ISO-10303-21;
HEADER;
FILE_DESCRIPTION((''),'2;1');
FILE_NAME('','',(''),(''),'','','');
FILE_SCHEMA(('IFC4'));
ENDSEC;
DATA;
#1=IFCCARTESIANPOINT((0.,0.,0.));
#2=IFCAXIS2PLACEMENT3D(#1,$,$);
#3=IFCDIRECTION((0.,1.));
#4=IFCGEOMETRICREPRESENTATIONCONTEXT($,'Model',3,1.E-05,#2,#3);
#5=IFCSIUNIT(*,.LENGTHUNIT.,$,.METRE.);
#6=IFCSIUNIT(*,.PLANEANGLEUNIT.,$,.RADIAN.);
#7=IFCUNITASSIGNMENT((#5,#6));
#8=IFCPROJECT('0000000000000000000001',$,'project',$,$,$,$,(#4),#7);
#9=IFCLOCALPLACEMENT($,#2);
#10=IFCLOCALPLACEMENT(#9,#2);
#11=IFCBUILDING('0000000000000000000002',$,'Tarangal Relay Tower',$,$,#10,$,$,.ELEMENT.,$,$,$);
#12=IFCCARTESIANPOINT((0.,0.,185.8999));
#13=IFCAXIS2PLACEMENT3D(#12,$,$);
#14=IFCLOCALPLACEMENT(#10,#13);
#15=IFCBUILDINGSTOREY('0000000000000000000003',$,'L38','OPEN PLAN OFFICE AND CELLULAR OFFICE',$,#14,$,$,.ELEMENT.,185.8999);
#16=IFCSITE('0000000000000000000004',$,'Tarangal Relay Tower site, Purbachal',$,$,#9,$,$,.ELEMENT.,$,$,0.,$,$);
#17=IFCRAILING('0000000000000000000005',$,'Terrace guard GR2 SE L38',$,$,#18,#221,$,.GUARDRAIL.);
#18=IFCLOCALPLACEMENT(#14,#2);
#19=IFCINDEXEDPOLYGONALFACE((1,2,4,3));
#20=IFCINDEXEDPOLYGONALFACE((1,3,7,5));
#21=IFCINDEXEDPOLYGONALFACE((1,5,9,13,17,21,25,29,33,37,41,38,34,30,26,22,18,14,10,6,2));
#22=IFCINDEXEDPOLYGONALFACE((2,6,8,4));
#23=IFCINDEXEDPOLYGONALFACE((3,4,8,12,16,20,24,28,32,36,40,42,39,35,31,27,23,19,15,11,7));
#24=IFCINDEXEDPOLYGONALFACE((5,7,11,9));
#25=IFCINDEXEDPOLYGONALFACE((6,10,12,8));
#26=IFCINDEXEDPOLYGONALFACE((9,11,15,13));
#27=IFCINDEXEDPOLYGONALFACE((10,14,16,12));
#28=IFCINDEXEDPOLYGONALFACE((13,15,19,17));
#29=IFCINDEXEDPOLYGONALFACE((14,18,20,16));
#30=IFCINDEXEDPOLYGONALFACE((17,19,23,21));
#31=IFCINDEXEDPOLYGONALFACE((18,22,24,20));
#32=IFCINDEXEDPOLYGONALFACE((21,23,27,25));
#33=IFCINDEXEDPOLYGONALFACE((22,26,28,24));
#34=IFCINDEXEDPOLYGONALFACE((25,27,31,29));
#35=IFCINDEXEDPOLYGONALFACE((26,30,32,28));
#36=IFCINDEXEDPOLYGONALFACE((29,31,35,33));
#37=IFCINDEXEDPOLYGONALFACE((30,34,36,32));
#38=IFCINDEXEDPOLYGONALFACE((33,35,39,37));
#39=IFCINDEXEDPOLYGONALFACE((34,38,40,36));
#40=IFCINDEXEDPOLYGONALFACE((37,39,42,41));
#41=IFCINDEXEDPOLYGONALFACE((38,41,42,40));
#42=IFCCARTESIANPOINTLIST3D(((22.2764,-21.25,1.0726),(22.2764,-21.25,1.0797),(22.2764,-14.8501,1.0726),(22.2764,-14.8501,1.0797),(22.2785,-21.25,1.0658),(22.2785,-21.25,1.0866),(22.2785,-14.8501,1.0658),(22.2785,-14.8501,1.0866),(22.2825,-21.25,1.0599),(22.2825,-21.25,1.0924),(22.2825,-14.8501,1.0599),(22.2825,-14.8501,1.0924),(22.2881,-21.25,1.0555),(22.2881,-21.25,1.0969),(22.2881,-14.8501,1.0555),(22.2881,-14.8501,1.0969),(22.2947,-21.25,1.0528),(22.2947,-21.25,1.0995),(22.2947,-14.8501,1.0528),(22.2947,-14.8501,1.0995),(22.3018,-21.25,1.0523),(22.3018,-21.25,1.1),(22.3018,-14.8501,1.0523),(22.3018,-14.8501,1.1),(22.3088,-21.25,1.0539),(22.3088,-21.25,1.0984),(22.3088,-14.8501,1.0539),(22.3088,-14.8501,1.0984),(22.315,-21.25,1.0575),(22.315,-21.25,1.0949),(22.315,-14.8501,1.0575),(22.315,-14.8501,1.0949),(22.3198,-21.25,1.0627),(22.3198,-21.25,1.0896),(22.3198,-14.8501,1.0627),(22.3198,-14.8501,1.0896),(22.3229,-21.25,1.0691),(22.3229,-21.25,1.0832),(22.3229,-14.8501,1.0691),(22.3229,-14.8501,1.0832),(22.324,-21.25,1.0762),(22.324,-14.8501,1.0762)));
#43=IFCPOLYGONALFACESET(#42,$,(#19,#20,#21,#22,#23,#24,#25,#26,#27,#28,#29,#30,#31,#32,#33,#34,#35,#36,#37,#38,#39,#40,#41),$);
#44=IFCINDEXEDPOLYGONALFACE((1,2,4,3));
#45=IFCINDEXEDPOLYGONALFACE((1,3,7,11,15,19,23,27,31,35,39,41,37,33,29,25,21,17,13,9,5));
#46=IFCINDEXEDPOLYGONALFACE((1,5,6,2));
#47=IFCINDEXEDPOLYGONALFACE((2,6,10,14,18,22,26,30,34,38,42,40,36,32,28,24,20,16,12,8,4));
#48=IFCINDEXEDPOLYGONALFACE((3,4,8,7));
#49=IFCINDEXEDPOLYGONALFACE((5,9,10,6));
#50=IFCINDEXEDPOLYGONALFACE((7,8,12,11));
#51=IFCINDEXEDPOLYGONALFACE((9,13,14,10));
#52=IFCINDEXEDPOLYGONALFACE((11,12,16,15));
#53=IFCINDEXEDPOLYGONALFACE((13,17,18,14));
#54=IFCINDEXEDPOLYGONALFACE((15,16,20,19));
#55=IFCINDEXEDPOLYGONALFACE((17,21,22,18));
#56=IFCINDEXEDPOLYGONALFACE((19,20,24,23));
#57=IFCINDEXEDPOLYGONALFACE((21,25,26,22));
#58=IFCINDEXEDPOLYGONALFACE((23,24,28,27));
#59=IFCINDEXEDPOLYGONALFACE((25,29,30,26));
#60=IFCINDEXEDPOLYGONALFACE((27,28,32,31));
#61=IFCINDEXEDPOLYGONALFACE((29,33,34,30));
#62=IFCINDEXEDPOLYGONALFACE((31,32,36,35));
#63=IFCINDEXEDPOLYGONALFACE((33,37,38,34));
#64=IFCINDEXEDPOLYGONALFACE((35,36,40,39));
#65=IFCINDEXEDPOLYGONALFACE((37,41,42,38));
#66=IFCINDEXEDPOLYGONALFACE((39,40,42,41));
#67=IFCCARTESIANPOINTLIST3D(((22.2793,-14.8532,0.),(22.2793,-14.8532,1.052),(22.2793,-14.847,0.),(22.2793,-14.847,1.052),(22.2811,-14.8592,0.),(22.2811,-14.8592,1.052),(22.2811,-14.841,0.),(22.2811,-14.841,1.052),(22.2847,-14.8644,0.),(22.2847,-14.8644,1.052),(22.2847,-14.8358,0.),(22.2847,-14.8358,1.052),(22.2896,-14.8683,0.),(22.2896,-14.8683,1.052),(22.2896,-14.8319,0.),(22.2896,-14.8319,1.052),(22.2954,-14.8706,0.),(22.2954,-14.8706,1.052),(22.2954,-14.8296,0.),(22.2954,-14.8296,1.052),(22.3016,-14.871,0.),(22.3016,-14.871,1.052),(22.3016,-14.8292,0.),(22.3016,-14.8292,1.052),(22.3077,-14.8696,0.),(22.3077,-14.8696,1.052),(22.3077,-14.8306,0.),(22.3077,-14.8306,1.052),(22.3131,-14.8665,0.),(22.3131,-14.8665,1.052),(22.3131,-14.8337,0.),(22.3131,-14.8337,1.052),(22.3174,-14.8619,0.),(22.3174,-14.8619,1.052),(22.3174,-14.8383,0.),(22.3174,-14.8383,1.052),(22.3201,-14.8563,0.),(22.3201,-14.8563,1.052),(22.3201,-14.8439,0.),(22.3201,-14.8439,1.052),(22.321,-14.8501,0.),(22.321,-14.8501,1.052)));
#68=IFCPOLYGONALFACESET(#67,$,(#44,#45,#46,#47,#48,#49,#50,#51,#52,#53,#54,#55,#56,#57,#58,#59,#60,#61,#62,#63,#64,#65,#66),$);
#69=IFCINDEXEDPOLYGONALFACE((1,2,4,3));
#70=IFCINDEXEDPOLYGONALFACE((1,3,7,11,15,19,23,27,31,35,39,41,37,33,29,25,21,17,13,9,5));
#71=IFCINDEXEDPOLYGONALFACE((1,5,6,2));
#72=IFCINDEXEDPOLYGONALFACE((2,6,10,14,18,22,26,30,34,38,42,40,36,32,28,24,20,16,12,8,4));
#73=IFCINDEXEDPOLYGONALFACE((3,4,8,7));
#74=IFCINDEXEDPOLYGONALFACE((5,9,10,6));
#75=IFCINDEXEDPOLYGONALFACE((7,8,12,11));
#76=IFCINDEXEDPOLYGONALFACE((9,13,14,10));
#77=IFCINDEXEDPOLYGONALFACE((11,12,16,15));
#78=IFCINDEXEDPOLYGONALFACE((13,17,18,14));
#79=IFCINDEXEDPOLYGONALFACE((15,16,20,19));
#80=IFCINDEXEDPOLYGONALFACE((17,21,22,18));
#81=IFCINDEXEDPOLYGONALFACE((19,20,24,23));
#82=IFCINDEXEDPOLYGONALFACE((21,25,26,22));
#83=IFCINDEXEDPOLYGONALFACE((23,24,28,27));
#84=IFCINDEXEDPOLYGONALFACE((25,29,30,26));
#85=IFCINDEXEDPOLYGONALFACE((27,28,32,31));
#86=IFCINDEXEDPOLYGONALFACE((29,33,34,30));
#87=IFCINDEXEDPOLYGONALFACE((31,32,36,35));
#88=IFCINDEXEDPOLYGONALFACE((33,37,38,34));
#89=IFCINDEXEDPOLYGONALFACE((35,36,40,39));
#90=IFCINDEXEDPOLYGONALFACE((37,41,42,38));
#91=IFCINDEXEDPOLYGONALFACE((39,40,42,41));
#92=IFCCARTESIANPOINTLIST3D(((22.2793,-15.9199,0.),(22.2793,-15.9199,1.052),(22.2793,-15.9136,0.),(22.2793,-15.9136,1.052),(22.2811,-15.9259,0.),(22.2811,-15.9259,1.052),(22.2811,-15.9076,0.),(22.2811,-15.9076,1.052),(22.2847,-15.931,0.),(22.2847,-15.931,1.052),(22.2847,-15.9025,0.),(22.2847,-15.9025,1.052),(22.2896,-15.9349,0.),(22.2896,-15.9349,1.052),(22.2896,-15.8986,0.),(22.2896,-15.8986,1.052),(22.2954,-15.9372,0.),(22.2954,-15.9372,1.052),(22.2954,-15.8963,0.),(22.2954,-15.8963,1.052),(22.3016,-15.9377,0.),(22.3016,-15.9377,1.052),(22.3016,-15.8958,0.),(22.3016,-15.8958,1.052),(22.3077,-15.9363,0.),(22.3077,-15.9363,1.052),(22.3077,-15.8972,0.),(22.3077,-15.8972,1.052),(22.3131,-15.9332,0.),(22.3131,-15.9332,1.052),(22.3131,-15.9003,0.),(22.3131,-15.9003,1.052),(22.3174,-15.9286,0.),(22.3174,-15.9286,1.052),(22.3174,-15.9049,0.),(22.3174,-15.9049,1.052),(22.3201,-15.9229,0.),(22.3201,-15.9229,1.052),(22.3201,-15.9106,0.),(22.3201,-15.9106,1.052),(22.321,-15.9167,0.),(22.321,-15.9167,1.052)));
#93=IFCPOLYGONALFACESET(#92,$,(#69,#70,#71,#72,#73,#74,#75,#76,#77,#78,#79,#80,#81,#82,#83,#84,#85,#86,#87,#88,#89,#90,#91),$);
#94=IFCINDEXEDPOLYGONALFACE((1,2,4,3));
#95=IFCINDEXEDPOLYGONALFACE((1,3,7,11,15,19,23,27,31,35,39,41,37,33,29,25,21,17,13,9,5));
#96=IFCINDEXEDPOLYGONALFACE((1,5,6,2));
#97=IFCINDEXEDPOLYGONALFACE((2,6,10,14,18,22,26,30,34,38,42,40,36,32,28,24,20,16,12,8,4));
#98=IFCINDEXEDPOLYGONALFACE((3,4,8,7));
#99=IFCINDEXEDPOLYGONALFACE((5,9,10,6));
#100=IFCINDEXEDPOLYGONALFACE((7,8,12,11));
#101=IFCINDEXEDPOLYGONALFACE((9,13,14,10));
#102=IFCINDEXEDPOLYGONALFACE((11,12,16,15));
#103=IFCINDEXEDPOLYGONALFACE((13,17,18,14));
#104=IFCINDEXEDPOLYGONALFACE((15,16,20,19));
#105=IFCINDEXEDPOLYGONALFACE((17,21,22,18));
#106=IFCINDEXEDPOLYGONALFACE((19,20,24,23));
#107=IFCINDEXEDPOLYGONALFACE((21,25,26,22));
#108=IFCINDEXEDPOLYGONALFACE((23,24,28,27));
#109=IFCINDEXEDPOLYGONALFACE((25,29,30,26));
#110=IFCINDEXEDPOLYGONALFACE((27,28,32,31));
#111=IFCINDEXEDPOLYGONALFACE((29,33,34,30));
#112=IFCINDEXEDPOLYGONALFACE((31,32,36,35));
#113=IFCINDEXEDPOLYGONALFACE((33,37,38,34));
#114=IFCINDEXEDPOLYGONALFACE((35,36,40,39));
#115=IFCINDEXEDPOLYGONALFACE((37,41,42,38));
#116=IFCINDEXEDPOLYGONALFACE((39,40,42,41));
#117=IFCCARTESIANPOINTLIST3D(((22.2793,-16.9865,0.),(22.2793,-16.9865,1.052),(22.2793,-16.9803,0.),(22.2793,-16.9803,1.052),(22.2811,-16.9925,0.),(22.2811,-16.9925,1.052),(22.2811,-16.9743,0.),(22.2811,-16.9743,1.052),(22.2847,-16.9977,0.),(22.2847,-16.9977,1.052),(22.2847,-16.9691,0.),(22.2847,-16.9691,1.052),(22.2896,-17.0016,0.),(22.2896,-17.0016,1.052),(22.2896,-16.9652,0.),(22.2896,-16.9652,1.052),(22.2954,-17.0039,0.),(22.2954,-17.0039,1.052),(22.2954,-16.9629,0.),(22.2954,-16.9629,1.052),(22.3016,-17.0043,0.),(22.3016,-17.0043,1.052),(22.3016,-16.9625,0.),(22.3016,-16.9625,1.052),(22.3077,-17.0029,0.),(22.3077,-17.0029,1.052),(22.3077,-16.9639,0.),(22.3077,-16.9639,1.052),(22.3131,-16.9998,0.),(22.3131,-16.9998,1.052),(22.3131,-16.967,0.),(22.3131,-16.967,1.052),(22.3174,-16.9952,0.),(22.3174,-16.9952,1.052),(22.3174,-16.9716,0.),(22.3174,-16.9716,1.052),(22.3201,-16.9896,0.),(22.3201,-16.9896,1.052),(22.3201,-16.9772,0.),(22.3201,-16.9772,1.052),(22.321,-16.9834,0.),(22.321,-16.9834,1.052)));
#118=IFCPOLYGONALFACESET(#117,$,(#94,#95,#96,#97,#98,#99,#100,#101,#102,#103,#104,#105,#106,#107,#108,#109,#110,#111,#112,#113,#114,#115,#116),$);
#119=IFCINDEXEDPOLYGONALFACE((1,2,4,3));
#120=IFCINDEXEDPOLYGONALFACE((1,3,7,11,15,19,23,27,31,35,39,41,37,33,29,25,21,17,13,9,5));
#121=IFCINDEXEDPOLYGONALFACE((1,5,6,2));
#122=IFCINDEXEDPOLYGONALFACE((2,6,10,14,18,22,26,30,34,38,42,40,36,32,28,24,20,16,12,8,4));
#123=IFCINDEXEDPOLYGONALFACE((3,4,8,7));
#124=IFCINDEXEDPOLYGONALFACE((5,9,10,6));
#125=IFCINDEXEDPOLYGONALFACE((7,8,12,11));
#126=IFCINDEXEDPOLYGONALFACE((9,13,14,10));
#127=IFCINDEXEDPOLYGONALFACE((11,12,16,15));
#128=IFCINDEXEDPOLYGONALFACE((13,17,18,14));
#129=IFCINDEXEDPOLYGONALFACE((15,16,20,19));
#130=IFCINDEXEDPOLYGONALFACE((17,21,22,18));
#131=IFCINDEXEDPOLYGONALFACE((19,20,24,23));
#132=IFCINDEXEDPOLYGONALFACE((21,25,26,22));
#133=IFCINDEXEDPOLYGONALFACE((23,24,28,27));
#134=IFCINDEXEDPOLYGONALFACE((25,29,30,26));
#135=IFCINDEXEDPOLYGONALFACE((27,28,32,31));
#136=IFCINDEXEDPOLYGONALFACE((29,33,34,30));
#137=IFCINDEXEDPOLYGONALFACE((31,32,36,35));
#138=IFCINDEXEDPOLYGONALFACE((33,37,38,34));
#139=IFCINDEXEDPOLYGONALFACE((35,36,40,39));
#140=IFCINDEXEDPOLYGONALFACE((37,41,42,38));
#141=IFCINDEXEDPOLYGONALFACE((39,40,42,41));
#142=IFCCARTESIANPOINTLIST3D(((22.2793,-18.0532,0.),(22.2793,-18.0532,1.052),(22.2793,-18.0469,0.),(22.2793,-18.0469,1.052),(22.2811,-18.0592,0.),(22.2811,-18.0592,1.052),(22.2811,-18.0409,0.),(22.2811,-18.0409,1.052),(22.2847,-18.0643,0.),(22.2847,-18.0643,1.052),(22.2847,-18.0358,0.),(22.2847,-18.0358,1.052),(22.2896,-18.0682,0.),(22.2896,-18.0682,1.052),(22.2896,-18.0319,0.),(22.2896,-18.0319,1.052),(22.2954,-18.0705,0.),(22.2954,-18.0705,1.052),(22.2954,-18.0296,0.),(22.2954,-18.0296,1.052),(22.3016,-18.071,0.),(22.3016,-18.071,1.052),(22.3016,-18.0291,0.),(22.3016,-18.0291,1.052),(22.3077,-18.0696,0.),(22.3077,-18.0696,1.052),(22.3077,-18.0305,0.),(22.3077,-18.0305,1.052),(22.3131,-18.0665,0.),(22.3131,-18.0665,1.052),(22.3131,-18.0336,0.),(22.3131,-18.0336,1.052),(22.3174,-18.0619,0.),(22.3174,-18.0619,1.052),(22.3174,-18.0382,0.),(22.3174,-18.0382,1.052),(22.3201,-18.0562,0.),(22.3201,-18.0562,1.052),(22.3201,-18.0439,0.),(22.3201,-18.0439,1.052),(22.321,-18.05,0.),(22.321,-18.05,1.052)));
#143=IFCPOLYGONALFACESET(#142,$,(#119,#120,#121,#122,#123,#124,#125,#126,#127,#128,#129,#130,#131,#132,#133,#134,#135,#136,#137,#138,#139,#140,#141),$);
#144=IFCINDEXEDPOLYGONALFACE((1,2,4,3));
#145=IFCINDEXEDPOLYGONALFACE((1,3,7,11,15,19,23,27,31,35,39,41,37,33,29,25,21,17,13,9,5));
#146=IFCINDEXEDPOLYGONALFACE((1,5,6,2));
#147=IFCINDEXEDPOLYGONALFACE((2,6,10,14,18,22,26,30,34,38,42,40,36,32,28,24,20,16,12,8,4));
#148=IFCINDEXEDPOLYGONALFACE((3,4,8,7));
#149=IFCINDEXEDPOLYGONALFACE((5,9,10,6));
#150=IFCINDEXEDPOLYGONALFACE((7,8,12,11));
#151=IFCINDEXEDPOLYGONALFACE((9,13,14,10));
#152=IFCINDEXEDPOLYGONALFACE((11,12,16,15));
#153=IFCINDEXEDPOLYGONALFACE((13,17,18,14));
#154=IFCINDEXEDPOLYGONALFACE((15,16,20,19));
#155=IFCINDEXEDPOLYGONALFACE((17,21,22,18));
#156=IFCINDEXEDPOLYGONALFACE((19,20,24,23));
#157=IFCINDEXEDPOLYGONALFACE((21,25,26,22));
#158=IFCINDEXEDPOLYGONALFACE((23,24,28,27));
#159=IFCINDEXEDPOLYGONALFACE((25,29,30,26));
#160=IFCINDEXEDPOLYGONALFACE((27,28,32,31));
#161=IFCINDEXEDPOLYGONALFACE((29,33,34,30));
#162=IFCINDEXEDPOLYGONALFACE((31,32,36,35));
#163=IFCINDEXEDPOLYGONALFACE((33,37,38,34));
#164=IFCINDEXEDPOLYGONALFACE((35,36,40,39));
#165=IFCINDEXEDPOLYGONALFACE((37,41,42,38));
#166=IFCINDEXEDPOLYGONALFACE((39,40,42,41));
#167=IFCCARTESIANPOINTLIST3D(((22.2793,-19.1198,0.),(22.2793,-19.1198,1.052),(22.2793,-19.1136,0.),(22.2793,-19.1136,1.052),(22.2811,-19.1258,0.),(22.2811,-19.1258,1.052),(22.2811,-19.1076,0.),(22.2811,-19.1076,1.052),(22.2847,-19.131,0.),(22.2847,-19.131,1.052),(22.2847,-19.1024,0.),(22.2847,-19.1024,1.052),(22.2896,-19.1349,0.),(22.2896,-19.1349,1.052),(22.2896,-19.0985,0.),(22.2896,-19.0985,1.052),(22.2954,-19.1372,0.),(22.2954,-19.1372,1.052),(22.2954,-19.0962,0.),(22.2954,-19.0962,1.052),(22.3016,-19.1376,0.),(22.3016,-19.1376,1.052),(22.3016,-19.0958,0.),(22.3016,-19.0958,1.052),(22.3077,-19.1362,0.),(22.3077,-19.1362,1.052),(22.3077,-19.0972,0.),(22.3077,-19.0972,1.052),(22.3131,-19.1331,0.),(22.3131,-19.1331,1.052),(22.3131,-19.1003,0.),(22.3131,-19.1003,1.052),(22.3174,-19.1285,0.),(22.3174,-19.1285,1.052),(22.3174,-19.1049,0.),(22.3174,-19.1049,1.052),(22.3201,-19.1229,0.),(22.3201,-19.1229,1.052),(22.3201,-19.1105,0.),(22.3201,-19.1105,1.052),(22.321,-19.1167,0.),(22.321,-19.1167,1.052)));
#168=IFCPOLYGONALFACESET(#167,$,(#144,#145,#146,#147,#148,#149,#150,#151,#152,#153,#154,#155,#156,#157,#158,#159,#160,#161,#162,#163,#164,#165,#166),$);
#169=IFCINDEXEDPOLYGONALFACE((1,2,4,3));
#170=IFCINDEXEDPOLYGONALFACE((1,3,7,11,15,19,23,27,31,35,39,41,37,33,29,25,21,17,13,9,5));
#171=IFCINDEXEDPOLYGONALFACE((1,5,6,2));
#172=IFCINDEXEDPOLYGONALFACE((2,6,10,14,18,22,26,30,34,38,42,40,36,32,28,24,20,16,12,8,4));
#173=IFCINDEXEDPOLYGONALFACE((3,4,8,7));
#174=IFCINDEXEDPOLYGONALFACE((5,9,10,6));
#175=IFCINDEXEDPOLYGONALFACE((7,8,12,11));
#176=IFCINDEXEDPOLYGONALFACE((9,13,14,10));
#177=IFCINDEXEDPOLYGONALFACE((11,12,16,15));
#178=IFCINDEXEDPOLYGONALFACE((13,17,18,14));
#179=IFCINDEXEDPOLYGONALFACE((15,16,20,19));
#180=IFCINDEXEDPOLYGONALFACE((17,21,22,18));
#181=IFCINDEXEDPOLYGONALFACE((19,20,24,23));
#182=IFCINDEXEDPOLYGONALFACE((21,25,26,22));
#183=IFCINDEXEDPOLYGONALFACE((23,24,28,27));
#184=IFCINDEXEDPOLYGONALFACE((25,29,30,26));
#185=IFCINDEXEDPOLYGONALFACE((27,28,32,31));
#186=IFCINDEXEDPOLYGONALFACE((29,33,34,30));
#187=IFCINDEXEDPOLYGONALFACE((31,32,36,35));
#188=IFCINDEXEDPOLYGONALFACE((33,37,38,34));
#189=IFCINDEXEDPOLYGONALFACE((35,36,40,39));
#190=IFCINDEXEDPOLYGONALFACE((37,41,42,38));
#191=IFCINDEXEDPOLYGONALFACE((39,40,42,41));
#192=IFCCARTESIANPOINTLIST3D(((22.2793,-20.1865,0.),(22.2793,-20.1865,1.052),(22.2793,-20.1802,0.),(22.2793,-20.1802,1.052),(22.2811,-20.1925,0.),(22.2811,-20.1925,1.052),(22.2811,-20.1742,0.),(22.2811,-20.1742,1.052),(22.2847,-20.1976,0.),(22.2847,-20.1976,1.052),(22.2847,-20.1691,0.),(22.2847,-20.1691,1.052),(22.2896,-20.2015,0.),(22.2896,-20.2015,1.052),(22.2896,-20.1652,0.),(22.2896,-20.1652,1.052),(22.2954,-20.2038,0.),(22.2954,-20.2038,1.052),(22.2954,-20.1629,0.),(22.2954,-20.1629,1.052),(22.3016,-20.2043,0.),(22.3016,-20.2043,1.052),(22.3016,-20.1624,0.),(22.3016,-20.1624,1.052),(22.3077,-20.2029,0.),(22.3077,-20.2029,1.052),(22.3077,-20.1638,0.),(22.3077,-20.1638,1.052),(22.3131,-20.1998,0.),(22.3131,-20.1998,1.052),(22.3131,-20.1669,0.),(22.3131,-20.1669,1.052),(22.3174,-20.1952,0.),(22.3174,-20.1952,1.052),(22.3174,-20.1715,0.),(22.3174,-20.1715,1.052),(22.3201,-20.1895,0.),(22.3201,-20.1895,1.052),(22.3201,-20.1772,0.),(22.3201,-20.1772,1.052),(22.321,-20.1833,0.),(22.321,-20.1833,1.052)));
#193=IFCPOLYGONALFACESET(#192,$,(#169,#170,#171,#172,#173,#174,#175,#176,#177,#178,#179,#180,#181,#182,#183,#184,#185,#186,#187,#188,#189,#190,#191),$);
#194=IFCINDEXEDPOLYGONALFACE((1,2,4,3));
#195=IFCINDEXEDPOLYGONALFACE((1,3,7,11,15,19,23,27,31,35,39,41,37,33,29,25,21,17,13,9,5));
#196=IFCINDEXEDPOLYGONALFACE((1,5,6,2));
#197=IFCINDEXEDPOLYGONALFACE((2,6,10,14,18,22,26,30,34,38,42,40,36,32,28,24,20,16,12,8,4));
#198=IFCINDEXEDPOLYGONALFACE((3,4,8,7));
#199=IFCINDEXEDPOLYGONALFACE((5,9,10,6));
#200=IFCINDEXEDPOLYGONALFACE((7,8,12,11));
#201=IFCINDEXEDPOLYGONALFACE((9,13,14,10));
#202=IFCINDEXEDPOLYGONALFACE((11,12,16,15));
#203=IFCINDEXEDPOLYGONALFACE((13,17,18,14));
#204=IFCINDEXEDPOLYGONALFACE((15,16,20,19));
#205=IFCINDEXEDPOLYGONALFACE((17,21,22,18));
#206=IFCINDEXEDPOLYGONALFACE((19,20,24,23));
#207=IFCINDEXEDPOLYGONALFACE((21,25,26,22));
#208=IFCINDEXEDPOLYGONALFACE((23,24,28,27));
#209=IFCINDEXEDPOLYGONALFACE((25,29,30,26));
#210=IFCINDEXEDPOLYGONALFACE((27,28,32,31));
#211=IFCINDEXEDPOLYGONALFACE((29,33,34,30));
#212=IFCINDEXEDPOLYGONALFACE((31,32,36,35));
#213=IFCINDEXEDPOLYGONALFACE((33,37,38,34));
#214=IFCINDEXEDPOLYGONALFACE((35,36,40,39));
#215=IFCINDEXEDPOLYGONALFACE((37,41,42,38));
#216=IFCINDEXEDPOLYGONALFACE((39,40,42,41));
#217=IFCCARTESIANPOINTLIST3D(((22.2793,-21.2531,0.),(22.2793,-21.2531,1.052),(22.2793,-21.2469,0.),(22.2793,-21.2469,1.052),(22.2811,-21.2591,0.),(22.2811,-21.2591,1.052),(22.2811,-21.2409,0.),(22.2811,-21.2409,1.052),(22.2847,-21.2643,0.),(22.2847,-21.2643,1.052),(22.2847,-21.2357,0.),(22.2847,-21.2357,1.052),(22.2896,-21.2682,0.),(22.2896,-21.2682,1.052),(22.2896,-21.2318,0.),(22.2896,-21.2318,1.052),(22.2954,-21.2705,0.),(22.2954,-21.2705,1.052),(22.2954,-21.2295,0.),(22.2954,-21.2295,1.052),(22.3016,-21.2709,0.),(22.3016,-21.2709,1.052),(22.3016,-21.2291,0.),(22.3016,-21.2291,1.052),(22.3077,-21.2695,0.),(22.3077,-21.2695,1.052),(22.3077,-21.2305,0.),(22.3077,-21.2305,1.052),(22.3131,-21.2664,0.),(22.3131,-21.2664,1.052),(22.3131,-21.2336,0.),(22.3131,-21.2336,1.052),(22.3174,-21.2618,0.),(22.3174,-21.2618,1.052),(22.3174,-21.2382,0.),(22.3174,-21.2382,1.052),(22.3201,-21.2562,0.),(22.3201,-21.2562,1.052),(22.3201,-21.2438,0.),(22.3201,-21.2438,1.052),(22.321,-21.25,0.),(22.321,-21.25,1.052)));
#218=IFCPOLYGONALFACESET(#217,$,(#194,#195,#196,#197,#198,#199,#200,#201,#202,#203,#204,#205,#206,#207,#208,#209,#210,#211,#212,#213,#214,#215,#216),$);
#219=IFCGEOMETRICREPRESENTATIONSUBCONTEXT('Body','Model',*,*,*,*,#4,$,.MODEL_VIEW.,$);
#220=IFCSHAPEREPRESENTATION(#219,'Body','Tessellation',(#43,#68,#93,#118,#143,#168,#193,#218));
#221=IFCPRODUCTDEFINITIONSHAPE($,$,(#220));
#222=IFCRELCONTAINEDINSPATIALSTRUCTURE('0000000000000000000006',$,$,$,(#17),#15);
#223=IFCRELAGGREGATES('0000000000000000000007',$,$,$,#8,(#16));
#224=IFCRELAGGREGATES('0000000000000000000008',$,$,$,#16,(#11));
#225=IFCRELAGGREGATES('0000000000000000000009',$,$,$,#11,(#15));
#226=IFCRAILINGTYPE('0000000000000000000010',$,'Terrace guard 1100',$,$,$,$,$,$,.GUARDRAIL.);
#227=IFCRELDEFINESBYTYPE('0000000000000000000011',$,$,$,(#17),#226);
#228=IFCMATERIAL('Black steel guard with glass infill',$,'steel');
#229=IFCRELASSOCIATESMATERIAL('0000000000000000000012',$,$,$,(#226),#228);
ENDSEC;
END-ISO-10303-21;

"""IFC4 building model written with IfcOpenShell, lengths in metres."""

from ifc_helpers import new_model, si_unit, direction, frame, origin, origin_2d, place, context, subcontext, project, spatial, circle, extrude, material, type_object, element, save


model = new_model("IFC4")

# Units and contexts
model_context = context("Model", 3, precision=1e-05, world=origin(), true_north=direction((0.0, 1.0)))
body_context = subcontext(model_context, "Body", "Model", "MODEL_VIEW")
ifc_project = project(units=[si_unit("LENGTHUNIT", "METRE"), si_unit("PLANEANGLEUNIT", "RADIAN")], contexts=[model_context])

# Site, building, storey
site_placement = place(None, origin())
site = spatial("IfcSite", under=ifc_project, at=site_placement, Name="Tarangal Relay Tower site, Purbachal", CompositionType="ELEMENT", RefElevation=0.0)
building_placement = place(site_placement, origin())
building = spatial("IfcBuilding", under=site, at=building_placement, Name="Tarangal Relay Tower", CompositionType="ELEMENT")
storey_placement = place(building_placement, frame((0.0, 0.0, 185.8999)))
storey = spatial("IfcBuildingStorey", under=building, at=storey_placement, Name="L38", Description="OPEN PLAN OFFICE AND CELLULAR OFFICE", CompositionType="ELEMENT", Elevation=185.8999)

# Railing
ifc_material_1 = material(Name="Black steel guard with glass infill", Category="steel")
railing_type = type_object("IfcRailingType", Name="Terrace guard 1100", PredefinedType="GUARDRAIL", material=ifc_material_1)
railing_1_placement = place(storey_placement, frame((22.3, -14.8501, 0.0)))
element("IfcRailing", 1, at=railing_1_placement, inside=storey, type_object=railing_type, Name="Terrace guard GR2 SE L38", PredefinedType="GUARDRAIL", context=body_context, shape_type="SweptSolid", body=[
    extrude(circle(Radius=0.0239, at=origin_2d()), frame((0.0, 0.0, 1.0762), z_axis=(0.0, -1.0, 0.0), x_axis=(1.0, 0.0, 0.0)), (0.0, 0.0, 1.0), 6.3999),
    extrude(circle(Radius=0.021, at=origin_2d()), origin(), (0.0, 0.0, 1.0), 1.052),
    extrude(circle(Radius=0.021, at=origin_2d()), frame((0.0, -1.0667, 0.0)), (0.0, 0.0, 1.0), 1.052),
    extrude(circle(Radius=0.021, at=origin_2d()), frame((0.0, -2.1333, 0.0)), (0.0, 0.0, 1.0), 1.052),
    extrude(circle(Radius=0.021, at=origin_2d()), frame((0.0, -3.2, 0.0)), (0.0, 0.0, 1.0), 1.052),
    extrude(circle(Radius=0.021, at=origin_2d()), frame((0.0, -4.2666, 0.0)), (0.0, 0.0, 1.0), 1.052),
    extrude(circle(Radius=0.021, at=origin_2d()), frame((0.0, -5.3333, 0.0)), (0.0, 0.0, 1.0), 1.052),
    extrude(circle(Radius=0.021, at=origin_2d()), frame((0.0, -6.3999, 0.0)), (0.0, 0.0, 1.0), 1.052),
])

save(model, "model.ifc")
